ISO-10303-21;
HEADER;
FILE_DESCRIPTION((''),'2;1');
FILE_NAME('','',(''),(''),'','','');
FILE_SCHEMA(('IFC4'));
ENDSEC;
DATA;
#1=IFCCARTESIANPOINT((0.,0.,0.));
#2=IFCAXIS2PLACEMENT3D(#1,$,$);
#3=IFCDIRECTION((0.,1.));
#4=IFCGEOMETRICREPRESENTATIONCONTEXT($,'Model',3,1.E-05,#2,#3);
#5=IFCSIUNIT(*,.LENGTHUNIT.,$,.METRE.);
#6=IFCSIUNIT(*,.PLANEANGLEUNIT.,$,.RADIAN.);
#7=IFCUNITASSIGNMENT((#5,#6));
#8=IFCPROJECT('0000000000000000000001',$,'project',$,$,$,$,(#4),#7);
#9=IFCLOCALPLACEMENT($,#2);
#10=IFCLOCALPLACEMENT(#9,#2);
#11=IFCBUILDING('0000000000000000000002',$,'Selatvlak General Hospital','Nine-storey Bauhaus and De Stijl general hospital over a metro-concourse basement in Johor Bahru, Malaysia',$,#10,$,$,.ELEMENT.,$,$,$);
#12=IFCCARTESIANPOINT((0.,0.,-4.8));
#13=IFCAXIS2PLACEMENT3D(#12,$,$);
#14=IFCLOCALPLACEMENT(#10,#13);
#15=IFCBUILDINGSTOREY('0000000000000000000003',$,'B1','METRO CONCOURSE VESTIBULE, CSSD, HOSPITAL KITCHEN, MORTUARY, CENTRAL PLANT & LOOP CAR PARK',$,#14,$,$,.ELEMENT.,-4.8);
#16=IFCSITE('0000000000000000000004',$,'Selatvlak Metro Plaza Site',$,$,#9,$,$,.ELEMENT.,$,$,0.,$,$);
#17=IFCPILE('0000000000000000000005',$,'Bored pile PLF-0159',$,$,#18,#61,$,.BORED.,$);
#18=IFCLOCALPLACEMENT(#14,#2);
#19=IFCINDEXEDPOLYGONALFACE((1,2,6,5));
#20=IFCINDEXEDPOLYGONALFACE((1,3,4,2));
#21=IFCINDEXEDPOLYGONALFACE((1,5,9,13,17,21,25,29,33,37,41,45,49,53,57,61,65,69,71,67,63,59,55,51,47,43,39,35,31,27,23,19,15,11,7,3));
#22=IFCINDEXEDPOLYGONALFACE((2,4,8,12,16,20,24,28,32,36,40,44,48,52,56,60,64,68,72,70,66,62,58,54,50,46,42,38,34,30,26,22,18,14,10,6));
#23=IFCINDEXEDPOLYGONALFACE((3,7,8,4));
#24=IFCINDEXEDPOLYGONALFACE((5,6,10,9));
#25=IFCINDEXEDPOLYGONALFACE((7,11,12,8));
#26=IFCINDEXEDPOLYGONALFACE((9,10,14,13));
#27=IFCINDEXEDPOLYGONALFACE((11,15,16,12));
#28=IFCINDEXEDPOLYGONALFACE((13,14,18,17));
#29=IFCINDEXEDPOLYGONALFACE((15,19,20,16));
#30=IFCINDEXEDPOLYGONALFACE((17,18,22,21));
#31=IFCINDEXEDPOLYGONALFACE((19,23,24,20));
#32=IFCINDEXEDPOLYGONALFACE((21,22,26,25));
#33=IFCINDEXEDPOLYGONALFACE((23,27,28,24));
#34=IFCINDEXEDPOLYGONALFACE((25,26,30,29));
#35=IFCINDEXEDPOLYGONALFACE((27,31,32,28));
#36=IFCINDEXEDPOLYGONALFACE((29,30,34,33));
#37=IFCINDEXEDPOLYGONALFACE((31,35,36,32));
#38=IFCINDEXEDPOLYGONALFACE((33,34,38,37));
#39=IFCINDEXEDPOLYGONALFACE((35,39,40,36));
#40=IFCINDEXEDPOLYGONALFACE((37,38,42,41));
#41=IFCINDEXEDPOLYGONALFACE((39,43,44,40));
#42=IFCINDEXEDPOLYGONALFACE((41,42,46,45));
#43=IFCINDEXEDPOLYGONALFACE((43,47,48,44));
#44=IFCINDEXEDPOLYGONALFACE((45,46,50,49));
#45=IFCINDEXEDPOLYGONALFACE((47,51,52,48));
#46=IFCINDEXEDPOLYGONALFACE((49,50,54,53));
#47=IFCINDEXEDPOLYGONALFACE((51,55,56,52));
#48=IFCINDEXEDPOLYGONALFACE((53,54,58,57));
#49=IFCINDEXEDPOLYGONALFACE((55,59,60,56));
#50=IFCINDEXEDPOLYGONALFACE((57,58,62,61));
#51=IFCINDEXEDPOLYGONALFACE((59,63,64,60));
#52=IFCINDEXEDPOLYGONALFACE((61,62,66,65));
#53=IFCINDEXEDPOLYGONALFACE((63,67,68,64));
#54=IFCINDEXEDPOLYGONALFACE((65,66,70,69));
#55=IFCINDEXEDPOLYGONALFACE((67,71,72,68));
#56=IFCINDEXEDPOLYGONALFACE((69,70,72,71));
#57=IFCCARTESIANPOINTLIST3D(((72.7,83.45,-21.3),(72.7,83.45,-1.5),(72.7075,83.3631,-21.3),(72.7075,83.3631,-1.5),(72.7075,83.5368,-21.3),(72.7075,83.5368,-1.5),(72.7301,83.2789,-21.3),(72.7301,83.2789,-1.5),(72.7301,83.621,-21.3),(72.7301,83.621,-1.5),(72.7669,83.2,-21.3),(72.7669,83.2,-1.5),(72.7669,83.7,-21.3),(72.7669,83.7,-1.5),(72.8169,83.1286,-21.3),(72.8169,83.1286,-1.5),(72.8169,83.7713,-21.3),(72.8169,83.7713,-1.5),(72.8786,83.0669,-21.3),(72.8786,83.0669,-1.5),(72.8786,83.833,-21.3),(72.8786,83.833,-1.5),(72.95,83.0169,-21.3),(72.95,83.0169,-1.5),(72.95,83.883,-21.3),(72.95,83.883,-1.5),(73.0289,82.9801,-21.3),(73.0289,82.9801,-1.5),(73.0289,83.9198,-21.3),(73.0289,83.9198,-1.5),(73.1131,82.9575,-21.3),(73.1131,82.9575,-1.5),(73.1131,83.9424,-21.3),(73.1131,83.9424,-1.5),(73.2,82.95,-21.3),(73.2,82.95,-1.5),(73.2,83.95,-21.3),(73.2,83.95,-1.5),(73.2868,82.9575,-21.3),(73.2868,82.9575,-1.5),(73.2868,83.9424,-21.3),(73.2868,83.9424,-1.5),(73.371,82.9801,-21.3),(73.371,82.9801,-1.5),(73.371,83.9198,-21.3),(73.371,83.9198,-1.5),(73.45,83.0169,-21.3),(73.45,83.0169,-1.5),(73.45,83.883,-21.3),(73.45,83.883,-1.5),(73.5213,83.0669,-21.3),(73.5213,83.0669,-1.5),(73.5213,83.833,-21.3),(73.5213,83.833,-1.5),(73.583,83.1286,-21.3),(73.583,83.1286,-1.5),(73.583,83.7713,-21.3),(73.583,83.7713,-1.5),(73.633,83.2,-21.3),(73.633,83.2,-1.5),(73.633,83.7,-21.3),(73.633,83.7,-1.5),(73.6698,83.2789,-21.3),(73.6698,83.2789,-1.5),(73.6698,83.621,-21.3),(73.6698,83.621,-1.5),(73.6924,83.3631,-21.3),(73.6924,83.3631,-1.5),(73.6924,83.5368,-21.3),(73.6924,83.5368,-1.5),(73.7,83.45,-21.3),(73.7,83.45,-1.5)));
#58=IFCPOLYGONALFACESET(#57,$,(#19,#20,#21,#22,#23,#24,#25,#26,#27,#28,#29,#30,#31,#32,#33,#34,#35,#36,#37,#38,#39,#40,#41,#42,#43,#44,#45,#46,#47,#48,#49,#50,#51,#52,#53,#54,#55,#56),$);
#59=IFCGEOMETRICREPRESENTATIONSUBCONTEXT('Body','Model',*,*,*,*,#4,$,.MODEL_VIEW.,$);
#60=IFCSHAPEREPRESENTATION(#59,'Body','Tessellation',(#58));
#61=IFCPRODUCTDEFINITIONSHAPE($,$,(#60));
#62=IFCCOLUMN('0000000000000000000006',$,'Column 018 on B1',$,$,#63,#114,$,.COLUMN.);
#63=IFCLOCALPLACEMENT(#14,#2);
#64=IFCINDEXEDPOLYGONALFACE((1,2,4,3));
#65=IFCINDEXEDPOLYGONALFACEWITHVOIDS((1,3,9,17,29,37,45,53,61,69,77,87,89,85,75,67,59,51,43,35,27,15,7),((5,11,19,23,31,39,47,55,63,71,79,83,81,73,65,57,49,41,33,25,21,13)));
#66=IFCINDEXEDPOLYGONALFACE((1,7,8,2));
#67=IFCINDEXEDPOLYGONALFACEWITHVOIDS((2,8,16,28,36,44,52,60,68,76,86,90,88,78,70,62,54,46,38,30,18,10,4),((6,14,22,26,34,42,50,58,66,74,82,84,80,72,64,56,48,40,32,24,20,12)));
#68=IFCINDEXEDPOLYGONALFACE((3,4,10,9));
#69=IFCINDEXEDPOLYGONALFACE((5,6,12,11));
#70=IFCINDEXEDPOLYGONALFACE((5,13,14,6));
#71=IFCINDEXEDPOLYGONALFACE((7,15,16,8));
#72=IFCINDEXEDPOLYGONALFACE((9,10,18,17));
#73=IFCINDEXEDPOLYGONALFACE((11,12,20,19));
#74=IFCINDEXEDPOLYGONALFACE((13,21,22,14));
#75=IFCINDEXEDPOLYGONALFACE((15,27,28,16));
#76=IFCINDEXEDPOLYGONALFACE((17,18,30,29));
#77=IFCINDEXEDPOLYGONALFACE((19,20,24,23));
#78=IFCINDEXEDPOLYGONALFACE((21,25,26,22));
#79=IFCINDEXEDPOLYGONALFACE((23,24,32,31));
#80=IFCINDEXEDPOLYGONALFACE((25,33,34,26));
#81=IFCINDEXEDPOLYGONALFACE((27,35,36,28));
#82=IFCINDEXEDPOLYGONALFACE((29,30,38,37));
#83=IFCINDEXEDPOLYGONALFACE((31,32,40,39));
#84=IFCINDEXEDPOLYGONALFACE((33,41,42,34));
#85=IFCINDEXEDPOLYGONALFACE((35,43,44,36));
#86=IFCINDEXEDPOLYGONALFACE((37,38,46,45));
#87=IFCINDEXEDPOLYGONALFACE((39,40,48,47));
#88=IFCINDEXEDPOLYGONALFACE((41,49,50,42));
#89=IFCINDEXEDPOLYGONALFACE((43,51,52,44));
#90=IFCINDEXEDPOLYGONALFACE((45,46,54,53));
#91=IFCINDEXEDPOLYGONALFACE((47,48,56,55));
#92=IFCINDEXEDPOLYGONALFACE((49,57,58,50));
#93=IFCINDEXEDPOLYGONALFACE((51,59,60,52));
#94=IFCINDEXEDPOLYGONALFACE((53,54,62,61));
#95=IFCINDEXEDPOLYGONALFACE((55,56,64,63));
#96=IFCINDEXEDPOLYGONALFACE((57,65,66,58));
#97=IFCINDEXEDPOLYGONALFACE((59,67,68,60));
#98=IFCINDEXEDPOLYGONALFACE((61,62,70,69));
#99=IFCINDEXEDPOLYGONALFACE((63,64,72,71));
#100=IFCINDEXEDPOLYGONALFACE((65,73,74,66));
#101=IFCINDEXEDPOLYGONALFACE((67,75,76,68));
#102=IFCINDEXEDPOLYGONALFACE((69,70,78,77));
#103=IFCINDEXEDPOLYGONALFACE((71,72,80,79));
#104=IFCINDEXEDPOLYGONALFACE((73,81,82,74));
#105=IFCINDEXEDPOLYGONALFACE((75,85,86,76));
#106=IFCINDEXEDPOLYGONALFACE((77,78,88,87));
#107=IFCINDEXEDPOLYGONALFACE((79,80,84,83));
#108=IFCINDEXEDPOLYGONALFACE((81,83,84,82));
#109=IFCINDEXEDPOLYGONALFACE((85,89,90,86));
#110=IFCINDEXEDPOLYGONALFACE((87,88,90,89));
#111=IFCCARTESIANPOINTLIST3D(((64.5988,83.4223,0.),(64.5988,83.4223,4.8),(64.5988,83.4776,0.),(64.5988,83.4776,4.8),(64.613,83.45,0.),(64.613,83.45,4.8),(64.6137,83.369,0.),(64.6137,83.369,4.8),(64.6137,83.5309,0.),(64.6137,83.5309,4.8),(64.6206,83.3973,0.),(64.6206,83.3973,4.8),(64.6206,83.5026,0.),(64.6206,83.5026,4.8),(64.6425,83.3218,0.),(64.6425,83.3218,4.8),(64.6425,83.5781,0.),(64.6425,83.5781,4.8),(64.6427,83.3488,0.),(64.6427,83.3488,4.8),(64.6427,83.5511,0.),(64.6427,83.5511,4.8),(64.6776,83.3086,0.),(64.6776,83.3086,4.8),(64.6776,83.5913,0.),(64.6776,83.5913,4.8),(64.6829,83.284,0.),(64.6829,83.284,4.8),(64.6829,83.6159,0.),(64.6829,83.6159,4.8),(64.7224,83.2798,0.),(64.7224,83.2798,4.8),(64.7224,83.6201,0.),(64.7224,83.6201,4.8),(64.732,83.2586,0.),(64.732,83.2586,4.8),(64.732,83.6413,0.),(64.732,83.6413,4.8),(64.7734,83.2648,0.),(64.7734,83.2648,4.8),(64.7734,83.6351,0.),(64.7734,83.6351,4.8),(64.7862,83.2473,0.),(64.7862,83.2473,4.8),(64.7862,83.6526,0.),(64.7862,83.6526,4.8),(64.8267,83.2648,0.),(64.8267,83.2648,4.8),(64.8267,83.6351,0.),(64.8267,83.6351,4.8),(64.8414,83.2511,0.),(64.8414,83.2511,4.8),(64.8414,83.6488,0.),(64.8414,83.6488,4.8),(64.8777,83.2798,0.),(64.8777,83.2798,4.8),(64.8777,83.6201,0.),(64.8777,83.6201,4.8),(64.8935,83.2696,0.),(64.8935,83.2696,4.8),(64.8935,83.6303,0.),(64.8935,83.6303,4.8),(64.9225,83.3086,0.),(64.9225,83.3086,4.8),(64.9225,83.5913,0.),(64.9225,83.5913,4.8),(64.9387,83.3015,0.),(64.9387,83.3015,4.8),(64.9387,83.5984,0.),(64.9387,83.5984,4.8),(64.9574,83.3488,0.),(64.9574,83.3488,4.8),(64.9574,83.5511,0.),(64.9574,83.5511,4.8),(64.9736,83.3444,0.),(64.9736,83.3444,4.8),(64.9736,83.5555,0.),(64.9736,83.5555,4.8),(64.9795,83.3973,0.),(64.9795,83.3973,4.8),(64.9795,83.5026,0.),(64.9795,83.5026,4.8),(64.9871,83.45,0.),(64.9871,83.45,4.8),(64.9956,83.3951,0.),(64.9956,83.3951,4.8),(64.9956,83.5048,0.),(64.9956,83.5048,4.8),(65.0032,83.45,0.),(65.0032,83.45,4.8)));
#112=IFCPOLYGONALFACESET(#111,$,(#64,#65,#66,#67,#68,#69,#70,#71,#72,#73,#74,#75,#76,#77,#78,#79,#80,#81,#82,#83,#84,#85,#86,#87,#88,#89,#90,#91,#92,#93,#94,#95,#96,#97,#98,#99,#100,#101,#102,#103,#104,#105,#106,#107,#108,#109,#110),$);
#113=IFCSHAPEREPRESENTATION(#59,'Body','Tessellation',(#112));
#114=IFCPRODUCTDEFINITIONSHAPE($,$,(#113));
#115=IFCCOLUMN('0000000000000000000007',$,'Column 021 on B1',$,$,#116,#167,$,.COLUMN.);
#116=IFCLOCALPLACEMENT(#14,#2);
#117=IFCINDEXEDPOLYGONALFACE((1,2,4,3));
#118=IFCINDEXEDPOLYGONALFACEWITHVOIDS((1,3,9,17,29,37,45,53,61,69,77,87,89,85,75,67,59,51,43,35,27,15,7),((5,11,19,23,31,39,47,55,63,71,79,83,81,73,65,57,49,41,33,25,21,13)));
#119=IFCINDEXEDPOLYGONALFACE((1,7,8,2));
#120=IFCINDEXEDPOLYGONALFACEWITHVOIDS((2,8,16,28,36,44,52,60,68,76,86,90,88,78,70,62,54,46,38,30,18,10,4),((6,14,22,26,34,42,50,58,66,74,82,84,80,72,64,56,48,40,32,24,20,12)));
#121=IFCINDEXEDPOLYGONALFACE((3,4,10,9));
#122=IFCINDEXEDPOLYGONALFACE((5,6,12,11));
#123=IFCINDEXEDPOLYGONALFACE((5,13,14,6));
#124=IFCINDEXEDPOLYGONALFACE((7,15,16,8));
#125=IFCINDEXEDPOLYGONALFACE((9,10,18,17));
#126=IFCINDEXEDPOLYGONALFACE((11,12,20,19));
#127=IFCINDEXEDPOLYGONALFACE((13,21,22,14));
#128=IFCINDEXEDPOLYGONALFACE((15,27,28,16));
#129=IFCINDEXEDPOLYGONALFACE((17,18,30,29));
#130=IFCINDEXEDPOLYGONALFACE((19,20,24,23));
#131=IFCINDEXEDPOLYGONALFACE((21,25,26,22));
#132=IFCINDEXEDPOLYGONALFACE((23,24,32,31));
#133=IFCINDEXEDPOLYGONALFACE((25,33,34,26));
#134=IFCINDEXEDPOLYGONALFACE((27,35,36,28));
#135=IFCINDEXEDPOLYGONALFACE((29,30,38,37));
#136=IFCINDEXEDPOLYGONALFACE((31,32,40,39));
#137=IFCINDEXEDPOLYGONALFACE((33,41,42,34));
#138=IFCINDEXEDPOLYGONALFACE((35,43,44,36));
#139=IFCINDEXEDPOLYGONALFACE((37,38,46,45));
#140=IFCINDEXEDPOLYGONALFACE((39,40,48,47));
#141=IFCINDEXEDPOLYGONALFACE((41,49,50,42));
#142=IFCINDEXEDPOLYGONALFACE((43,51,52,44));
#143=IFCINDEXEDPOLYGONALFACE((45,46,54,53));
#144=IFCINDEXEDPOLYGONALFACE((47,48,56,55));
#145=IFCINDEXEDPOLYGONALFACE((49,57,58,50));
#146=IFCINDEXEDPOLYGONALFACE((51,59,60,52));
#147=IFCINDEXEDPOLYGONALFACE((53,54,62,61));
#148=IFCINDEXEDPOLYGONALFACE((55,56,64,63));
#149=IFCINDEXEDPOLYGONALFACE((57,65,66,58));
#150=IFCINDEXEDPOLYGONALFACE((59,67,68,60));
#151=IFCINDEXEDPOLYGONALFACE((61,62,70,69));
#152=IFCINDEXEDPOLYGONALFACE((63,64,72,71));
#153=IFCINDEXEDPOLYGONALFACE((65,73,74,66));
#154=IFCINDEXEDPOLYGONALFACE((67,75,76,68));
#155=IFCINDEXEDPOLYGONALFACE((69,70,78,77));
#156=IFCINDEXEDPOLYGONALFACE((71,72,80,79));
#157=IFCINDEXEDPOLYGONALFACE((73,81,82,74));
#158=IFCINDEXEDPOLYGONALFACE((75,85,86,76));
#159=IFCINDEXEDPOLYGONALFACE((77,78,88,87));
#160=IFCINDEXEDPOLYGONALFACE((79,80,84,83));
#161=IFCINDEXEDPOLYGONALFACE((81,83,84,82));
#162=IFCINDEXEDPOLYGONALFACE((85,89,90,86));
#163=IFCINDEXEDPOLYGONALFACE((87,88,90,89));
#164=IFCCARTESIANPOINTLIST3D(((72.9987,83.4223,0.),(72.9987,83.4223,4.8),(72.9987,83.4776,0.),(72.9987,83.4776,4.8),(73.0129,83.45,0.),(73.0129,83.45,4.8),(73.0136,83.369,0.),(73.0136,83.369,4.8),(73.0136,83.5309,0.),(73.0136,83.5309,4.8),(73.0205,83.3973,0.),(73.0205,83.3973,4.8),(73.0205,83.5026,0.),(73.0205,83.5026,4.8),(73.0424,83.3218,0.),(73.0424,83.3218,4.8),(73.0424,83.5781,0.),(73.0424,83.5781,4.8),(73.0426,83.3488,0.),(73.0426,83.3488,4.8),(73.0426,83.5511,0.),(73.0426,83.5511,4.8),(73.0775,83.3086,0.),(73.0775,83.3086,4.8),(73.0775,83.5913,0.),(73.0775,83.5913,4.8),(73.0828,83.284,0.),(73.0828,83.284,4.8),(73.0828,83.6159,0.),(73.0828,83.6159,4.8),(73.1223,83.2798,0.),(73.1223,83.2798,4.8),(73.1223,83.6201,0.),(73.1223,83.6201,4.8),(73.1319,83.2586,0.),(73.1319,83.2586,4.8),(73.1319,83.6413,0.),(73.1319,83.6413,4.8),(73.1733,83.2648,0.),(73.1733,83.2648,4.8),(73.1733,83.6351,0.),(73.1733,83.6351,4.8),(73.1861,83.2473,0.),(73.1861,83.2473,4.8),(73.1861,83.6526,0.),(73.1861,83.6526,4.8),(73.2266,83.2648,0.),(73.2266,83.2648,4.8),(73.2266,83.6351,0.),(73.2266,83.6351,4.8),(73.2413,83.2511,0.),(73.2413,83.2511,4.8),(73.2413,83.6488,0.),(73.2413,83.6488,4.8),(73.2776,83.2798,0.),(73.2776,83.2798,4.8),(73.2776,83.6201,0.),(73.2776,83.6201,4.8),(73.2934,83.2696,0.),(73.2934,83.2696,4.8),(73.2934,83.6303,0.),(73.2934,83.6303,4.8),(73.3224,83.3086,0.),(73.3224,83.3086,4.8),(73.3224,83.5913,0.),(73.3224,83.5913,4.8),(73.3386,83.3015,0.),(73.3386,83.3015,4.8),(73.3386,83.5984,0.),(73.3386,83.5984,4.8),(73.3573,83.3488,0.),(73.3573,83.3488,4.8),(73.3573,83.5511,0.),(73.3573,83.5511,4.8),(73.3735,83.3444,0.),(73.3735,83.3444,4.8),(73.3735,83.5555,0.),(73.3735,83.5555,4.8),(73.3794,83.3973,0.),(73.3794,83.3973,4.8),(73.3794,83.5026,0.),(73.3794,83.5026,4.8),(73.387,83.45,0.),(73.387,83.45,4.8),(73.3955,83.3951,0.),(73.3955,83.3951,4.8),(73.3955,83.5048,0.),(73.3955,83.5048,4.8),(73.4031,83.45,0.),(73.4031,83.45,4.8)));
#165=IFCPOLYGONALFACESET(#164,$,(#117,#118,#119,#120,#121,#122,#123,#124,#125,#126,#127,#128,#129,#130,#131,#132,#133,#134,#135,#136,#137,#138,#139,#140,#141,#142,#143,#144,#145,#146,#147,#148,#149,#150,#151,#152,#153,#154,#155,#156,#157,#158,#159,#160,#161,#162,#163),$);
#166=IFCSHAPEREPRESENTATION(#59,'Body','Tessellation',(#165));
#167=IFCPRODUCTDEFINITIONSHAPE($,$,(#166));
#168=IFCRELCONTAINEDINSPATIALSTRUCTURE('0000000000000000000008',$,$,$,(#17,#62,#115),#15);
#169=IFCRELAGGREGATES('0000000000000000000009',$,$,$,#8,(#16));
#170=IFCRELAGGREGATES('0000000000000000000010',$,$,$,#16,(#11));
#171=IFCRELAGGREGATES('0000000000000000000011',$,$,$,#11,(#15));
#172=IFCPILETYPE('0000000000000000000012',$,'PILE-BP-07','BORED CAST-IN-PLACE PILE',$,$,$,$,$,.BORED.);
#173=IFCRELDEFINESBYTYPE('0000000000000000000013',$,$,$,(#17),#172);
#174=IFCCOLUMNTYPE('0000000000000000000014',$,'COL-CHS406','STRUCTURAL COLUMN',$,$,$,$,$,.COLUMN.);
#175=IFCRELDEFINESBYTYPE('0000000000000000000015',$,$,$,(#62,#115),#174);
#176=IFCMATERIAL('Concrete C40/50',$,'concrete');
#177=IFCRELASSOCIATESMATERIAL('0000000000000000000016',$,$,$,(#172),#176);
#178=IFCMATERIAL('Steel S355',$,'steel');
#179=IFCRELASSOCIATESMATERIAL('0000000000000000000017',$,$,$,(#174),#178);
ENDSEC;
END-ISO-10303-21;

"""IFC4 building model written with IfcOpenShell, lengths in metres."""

from ifc_helpers import new_model, si_unit, direction, frame, origin, origin_2d, place, context, subcontext, project, spatial, circle, hollow_circle, extrude, material, material_profile, profile_set, type_object, element, save


model = new_model("IFC4")

# Units and contexts
model_context = context("Model", 3, precision=1e-05, world=origin(), true_north=direction((0.0, 1.0)))
body_context = subcontext(model_context, "Body", "Model", "MODEL_VIEW")
ifc_project = project(units=[si_unit("LENGTHUNIT", "METRE"), si_unit("PLANEANGLEUNIT", "RADIAN")], contexts=[model_context])

# Site, building, storey
site_placement = place(None, origin())
site = spatial("IfcSite", under=ifc_project, at=site_placement, Name="Selatvlak Metro Plaza Site", CompositionType="ELEMENT", RefElevation=0.0)
building_placement = place(site_placement, origin())
building = spatial("IfcBuilding", under=site, at=building_placement, Name="Selatvlak General Hospital", Description="Nine-storey Bauhaus and De Stijl general hospital over a metro-concourse basement in Johor Bahru, Malaysia", CompositionType="ELEMENT")
storey_placement = place(building_placement, frame((0.0, 0.0, -4.8)))
storey = spatial("IfcBuildingStorey", under=building, at=storey_placement, Name="B1", Description="METRO CONCOURSE VESTIBULE, CSSD, HOSPITAL KITCHEN, MORTUARY, CENTRAL PLANT & LOOP CAR PARK", CompositionType="ELEMENT", Elevation=-4.8)

# Shared definitions
ifc_material_1 = material(Name="Concrete C40/50", Category="concrete")

# Pile
ifc_material_profile_1 = material_profile(ifc_material_1, circle(Radius=0.5, at=origin_2d()), Name="BORED PILE 1000")
ifc_profile_set_1 = profile_set([ifc_material_profile_1], Name="Concrete C40/50")
pile_type_1 = type_object("IfcPileType", Name="PILE-BP-07", Description="BORED CAST-IN-PLACE PILE", PredefinedType="BORED", material=ifc_profile_set_1)
pile_placement = place(storey_placement, frame((73.2, 83.45, -1.5), z_axis=(0.0, 0.0, -1.0), x_axis=(1.0, 0.0, 0.0)))
element("IfcPile", 1, at=pile_placement, inside=storey, type_object=pile_type_1, Name="Bored pile PLF-0159", PredefinedType="BORED", context=body_context, shape_type="SweptSolid", body=[
    extrude(circle(Radius=0.5, at=origin_2d()), origin(), (0.0, 0.0, 1.0), 19.8),
])

# Columns
ifc_material_2 = material(Name="Steel S355", Category="steel")
ifc_material_profile_2 = material_profile(ifc_material_2, hollow_circle(Radius=0.2031, WallThickness=0.0161, at=origin_2d()), Name="CHS 406.4x16")
ifc_profile_set_2 = profile_set([ifc_material_profile_2], Name="Steel S355")
column_type_1 = type_object("IfcColumnType", Name="COL-CHS406", Description="STRUCTURAL COLUMN", PredefinedType="COLUMN", material=ifc_profile_set_2)
for number, where, z_axis, x_axis, name in (
    (2, (64.8, 83.45, 0.0), (0.0, 0.0, 1.0), (1.0, 0.0, 0.0), "Column 018 on B1"),
    (3, (73.2, 83.45, 0.0), (0.0, 0.0, 1.0), (1.0, 0.0, 0.0), "Column 021 on B1"),
):
    element("IfcColumn", number, at=place(storey_placement, frame(where, z_axis=z_axis, x_axis=x_axis)), inside=storey, type_object=column_type_1, Name=name, PredefinedType="COLUMN", context=body_context, shape_type="SweptSolid", body=[
        extrude(hollow_circle(Radius=0.2031, WallThickness=0.0161, at=origin_2d()), origin(), (0.0, 0.0, 1.0), 4.8),
    ])

save(model, "model.ifc")
